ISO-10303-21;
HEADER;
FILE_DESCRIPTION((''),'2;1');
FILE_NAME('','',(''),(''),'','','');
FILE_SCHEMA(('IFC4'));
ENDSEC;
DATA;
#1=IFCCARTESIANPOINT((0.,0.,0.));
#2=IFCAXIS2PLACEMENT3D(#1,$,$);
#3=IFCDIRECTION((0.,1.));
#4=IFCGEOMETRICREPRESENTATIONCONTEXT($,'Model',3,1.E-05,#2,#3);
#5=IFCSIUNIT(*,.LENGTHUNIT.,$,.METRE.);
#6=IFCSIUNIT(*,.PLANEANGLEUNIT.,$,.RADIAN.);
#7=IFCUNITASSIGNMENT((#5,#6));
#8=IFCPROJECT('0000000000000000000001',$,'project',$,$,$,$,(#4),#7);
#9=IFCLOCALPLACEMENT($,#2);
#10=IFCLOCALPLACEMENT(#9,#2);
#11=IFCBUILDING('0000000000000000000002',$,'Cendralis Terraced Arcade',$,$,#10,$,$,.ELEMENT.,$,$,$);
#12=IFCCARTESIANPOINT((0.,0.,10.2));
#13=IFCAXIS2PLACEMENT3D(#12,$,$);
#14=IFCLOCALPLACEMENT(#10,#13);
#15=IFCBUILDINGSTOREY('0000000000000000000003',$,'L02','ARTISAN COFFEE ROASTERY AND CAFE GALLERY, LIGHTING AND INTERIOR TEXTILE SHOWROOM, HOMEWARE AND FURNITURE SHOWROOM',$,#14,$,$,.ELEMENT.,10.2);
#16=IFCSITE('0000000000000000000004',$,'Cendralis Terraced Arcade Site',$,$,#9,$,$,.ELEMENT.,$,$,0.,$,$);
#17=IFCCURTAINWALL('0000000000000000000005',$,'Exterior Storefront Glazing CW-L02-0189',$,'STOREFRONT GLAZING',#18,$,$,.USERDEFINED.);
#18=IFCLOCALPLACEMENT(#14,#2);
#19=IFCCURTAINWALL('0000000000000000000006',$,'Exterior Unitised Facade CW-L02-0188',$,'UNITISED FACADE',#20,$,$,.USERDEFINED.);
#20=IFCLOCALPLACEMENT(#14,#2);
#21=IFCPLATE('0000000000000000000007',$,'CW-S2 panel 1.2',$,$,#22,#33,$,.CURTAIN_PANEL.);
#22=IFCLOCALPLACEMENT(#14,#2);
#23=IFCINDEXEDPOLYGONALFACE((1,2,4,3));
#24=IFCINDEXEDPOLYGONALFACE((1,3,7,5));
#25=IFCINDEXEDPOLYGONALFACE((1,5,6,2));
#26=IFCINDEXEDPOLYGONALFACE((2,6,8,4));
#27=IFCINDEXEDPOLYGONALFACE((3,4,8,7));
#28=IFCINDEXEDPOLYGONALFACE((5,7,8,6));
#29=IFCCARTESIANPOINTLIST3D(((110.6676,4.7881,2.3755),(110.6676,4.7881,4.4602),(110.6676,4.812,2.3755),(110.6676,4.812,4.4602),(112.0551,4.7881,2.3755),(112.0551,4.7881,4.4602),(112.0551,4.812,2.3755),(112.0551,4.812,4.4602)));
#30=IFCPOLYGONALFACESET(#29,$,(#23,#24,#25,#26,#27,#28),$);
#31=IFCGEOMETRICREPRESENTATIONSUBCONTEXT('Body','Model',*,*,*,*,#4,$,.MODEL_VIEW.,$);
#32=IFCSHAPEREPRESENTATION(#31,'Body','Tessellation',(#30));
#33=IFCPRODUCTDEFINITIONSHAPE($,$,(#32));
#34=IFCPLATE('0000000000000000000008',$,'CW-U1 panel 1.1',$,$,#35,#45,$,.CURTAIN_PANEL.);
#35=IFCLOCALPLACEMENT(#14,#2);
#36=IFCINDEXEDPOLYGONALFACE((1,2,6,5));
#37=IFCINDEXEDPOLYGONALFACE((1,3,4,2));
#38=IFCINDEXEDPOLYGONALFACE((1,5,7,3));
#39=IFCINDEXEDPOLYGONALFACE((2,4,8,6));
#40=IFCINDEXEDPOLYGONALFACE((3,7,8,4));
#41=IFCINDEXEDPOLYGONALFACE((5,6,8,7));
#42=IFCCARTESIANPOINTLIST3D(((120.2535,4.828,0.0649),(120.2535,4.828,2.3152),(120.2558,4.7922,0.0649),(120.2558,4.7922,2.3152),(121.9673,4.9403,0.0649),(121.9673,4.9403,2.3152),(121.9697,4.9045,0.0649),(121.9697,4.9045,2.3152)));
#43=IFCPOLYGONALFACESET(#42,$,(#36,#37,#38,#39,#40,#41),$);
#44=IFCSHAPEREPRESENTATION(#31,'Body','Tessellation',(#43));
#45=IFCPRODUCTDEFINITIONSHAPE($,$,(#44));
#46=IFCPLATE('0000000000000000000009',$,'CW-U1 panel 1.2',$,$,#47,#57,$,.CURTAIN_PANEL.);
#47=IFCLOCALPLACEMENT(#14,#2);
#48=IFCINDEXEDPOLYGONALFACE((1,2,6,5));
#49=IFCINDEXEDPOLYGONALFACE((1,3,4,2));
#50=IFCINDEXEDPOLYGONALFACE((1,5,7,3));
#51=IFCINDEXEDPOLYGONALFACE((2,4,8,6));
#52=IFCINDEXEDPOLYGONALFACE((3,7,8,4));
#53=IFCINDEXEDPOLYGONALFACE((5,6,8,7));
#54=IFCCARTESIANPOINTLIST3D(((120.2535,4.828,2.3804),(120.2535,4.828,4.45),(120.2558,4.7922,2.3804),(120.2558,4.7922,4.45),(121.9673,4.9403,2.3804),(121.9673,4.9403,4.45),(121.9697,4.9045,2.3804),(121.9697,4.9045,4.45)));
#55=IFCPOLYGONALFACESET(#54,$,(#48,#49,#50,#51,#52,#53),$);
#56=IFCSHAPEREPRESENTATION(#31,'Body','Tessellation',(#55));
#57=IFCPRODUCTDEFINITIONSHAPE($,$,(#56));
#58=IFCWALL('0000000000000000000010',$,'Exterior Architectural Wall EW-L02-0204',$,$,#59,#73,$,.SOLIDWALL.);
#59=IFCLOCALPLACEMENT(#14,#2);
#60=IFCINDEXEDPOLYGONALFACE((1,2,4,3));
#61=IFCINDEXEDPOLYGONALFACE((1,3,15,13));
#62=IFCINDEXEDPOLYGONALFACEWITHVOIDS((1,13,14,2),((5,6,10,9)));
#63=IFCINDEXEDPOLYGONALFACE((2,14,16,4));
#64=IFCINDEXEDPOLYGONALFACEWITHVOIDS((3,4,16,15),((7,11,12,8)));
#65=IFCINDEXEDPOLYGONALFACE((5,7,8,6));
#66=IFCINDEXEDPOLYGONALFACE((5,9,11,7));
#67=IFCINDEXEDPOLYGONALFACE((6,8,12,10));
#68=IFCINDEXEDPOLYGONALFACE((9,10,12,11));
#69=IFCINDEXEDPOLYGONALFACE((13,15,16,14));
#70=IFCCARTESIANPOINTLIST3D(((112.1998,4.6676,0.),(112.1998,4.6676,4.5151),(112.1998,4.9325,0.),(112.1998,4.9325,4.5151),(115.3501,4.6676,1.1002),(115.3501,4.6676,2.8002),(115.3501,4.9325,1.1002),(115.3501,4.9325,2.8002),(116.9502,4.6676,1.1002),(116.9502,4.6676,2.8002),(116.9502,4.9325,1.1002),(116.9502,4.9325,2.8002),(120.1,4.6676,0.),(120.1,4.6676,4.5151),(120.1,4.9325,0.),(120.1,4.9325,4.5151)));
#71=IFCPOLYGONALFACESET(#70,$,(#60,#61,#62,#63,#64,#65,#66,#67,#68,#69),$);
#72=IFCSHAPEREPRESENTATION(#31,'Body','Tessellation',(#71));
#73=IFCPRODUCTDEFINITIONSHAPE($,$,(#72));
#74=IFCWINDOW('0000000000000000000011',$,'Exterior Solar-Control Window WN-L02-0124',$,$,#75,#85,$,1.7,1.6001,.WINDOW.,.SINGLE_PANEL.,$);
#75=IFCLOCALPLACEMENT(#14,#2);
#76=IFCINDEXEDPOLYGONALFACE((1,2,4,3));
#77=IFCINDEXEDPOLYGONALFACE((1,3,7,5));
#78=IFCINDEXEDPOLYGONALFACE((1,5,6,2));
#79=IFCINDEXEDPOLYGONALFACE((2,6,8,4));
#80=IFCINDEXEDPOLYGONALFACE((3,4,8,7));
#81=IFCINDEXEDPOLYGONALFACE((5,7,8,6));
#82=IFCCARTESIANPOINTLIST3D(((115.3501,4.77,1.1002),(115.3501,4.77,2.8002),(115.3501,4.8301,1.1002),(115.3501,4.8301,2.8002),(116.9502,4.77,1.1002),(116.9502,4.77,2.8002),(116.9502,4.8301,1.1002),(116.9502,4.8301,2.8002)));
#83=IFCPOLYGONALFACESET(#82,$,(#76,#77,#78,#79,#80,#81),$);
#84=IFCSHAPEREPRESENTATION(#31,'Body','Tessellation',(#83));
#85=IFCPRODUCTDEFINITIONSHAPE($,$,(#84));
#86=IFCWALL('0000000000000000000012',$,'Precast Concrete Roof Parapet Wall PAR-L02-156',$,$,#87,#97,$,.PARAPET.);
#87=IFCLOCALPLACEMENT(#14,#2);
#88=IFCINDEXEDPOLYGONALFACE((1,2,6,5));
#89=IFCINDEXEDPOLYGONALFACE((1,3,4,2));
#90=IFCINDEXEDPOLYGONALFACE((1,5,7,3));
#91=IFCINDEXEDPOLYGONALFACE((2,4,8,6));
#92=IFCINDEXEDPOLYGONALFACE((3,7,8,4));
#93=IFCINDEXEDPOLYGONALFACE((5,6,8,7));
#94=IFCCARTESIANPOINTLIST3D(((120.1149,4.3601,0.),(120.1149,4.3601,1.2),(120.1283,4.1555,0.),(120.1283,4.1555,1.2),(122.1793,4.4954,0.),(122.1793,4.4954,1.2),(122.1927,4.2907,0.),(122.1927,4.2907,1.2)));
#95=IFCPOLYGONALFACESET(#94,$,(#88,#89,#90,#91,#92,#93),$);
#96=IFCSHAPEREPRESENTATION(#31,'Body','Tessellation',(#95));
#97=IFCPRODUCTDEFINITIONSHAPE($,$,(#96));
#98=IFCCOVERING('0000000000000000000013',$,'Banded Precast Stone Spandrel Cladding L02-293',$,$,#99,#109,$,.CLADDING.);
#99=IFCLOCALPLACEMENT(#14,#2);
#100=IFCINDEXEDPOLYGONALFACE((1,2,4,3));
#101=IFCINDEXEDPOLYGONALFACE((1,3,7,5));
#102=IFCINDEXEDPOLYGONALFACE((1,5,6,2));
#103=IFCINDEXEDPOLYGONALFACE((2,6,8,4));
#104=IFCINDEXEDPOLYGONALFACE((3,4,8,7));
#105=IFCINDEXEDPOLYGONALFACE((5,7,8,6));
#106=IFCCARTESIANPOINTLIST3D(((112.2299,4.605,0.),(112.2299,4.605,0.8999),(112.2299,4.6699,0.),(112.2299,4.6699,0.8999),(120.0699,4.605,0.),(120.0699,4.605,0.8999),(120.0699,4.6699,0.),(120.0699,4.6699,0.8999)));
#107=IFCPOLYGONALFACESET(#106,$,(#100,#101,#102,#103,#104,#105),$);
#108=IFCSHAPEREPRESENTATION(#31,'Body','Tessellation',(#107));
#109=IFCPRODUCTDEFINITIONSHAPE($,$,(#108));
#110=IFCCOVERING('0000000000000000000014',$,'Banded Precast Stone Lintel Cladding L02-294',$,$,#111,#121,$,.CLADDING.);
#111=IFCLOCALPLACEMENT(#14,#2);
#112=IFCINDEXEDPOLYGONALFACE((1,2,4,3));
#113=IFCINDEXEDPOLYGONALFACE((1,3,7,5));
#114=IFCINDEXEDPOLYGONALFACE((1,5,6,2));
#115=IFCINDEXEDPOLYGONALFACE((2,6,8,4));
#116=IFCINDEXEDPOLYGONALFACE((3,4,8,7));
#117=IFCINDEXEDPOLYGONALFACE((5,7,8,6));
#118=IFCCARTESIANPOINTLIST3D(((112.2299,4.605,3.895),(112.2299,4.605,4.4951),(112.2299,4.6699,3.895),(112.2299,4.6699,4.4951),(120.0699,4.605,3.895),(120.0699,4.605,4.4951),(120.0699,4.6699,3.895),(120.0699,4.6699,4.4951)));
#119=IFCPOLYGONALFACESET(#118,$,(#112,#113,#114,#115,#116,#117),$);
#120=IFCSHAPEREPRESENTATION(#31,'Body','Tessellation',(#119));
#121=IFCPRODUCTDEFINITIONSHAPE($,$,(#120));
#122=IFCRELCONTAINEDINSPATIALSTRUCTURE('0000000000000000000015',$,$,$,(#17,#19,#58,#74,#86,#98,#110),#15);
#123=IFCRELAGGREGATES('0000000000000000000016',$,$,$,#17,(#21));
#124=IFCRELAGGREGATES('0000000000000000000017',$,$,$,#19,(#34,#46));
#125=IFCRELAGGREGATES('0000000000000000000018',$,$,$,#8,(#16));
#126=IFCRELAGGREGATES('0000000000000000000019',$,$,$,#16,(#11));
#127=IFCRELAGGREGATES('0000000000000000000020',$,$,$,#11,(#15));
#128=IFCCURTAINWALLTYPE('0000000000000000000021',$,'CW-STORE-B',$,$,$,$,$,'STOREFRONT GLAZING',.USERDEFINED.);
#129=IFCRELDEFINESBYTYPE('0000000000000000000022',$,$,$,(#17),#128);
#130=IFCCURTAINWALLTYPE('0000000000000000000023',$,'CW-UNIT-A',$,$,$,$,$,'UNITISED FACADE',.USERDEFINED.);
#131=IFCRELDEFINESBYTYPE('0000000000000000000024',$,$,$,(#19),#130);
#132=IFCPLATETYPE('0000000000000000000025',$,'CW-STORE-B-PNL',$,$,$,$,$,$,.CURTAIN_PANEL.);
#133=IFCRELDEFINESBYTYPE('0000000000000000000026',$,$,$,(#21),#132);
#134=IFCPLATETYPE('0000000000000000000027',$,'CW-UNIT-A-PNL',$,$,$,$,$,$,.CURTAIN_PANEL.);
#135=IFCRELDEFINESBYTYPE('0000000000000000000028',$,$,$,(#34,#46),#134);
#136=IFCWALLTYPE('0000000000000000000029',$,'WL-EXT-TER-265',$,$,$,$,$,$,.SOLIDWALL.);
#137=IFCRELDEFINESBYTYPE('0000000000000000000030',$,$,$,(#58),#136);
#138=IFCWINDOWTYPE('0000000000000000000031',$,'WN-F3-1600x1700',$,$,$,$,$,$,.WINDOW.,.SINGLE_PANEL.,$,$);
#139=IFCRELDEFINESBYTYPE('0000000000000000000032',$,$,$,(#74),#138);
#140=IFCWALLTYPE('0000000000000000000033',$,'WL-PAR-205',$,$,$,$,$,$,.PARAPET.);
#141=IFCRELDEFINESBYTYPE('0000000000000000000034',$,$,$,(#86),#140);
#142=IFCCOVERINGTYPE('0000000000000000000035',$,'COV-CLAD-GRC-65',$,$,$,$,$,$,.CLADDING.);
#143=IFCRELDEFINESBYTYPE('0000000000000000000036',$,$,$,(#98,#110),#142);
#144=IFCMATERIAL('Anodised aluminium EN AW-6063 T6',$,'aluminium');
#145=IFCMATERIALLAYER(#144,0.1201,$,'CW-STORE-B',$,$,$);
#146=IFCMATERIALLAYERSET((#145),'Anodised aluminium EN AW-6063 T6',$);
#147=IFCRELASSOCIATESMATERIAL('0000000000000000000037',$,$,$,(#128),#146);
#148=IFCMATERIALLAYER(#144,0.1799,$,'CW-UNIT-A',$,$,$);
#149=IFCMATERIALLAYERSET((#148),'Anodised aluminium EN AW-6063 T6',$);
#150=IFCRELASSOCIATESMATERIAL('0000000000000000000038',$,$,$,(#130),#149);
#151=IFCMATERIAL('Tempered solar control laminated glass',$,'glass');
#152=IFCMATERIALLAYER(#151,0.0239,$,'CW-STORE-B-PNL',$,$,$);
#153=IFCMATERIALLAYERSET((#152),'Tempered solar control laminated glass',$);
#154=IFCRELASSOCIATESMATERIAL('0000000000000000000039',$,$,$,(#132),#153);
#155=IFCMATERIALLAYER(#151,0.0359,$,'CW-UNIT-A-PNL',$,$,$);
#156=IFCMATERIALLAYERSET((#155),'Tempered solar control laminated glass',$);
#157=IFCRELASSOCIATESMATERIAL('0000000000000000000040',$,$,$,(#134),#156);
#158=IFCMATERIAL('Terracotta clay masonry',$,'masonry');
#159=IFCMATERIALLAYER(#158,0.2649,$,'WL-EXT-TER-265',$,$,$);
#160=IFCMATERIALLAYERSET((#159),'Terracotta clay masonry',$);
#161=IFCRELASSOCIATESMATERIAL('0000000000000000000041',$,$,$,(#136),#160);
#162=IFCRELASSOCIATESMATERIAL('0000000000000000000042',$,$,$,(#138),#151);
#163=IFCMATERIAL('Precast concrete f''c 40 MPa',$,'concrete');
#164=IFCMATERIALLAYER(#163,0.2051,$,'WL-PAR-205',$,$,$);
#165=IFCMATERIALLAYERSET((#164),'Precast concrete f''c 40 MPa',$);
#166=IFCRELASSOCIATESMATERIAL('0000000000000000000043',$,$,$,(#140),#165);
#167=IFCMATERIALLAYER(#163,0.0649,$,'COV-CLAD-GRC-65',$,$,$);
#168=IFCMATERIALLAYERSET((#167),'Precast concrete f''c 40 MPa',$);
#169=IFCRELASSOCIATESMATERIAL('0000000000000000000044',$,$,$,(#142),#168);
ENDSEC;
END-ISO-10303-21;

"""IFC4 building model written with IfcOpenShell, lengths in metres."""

from ifc_helpers import new_model, si_unit, direction, frame, frame_2d, origin, origin_2d, place, context, subcontext, project, spatial, rectangle, extrude, material, layer, layer_set, type_object, element, fill, aggregate, save


model = new_model("IFC4")

# Units and contexts
model_context = context("Model", 3, precision=1e-05, world=origin(), true_north=direction((0.0, 1.0)))
body_context = subcontext(model_context, "Body", "Model", "MODEL_VIEW")
ifc_project = project(units=[si_unit("LENGTHUNIT", "METRE"), si_unit("PLANEANGLEUNIT", "RADIAN")], contexts=[model_context])

# Site, building, storey
site_placement = place(None, origin())
site = spatial("IfcSite", under=ifc_project, at=site_placement, Name="Cendralis Terraced Arcade Site", CompositionType="ELEMENT", RefElevation=0.0)
building_placement = place(site_placement, origin())
building = spatial("IfcBuilding", under=site, at=building_placement, Name="Cendralis Terraced Arcade", CompositionType="ELEMENT")
storey_placement = place(building_placement, frame((0.0, 0.0, 10.2)))
storey = spatial("IfcBuildingStorey", under=building, at=storey_placement, Name="L02", Description="ARTISAN COFFEE ROASTERY AND CAFE GALLERY, LIGHTING AND INTERIOR TEXTILE SHOWROOM, HOMEWARE AND FURNITURE SHOWROOM", CompositionType="ELEMENT", Elevation=10.2)

# Curtain wall
ifc_material_1 = material(Name="Anodised aluminium EN AW-6063 T6", Category="aluminium")
ifc_layer_1 = layer(ifc_material_1, 0.1201, Name="CW-STORE-B")
ifc_layer_set_1 = layer_set([ifc_layer_1], Name="Anodised aluminium EN AW-6063 T6")
curtain_wall_type_1 = type_object("IfcCurtainWallType", Name="CW-STORE-B", ElementType="STOREFRONT GLAZING", PredefinedType="USERDEFINED", material=ifc_layer_set_1)
curtain_wall_1_placement = place(storey_placement, origin())
curtain_wall_1 = element("IfcCurtainWall", 1, at=curtain_wall_1_placement, inside=storey, type_object=curtain_wall_type_1, Name="Exterior Storefront Glazing CW-L02-0189", ObjectType="STOREFRONT GLAZING", PredefinedType="USERDEFINED")

# Curtain wall
ifc_layer_2 = layer(ifc_material_1, 0.1799, Name="CW-UNIT-A")
ifc_layer_set_2 = layer_set([ifc_layer_2], Name="Anodised aluminium EN AW-6063 T6")
curtain_wall_type_2 = type_object("IfcCurtainWallType", Name="CW-UNIT-A", ElementType="UNITISED FACADE", PredefinedType="USERDEFINED", material=ifc_layer_set_2)
curtain_wall_2_placement = place(storey_placement, origin())
curtain_wall_2 = element("IfcCurtainWall", 2, at=curtain_wall_2_placement, inside=storey, type_object=curtain_wall_type_2, Name="Exterior Unitised Facade CW-L02-0188", ObjectType="UNITISED FACADE", PredefinedType="USERDEFINED")

# Plates
ifc_material_2 = material(Name="Tempered solar control laminated glass", Category="glass")
ifc_layer_3 = layer(ifc_material_2, 0.0239, Name="CW-STORE-B-PNL")
ifc_layer_set_3 = layer_set([ifc_layer_3], Name="Tempered solar control laminated glass")
plate_type_1 = type_object("IfcPlateType", Name="CW-STORE-B-PNL", PredefinedType="CURTAIN_PANEL", material=ifc_layer_set_3)
plate_1_placement = place(storey_placement, frame((111.3613, 4.8, 2.3755), z_axis=(0.0, 0.0, 1.0), x_axis=(-1.0, 0.0, 0.0)))
plate_1 = element("IfcPlate", 3, at=plate_1_placement, type_object=plate_type_1, Name="CW-S2 panel 1.2", PredefinedType="CURTAIN_PANEL", context=body_context, shape_type="SweptSolid", body=[
    extrude(rectangle(XDim=1.3875, YDim=0.0239, at=origin_2d()), origin(), (0.0, 0.0, 1.0), 2.0847),
])
aggregate(curtain_wall_1, [plate_1])
ifc_layer_4 = layer(ifc_material_2, 0.0359, Name="CW-UNIT-A-PNL")
ifc_layer_set_4 = layer_set([ifc_layer_4], Name="Tempered solar control laminated glass")
plate_type_2 = type_object("IfcPlateType", Name="CW-UNIT-A-PNL", PredefinedType="CURTAIN_PANEL", material=ifc_layer_set_4)
plate_2_placement = place(storey_placement, frame((121.1116, 4.8662, 0.0649), z_axis=(0.0, 0.0, 1.0), x_axis=(-0.99786, -0.065384, 0.0)))
plate_2 = element("IfcPlate", 4, at=plate_2_placement, type_object=plate_type_2, Name="CW-U1 panel 1.1", PredefinedType="CURTAIN_PANEL", context=body_context, shape_type="SweptSolid", body=[
    extrude(rectangle(XDim=1.7175, YDim=0.0359, at=origin_2d()), origin(), (0.0, 0.0, 1.0), 2.2502),
])
plate_3_placement = place(storey_placement, frame((121.1116, 4.8662, 2.3804), z_axis=(0.0, 0.0, 1.0), x_axis=(-0.99786, -0.065384, 0.0)))
plate_3 = element("IfcPlate", 5, at=plate_3_placement, type_object=plate_type_2, Name="CW-U1 panel 1.2", PredefinedType="CURTAIN_PANEL", context=body_context, shape_type="SweptSolid", body=[
    extrude(rectangle(XDim=1.7175, YDim=0.0359, at=origin_2d()), origin(), (0.0, 0.0, 1.0), 2.0696),
])
aggregate(curtain_wall_2, [plate_2, plate_3])

# Wall, opening, window
ifc_material_3 = material(Name="Terracotta clay masonry", Category="masonry")
ifc_layer_5 = layer(ifc_material_3, 0.2649, Name="WL-EXT-TER-265")
ifc_layer_set_5 = layer_set([ifc_layer_5], Name="Terracotta clay masonry")
wall_type_1 = type_object("IfcWallType", Name="WL-EXT-TER-265", PredefinedType="SOLIDWALL", material=ifc_layer_set_5)
wall_1_placement = place(storey_placement, frame((120.1001, 4.8, 0.0), z_axis=(0.0, 0.0, 1.0), x_axis=(-1.0, 0.0, 0.0)))
wall_1 = element("IfcWall", 6, at=wall_1_placement, inside=storey, type_object=wall_type_1, Name="Exterior Architectural Wall EW-L02-0204", PredefinedType="SOLIDWALL", context=body_context, shape_type="SweptSolid", body=[
    extrude(rectangle(XDim=7.9001, YDim=0.2649, at=frame_2d((3.9502, 0.0))), origin(), (0.0, 0.0, 1.0), 4.5151),
])
opening_placement = place(wall_1_placement, frame((3.1499, 0.0, 1.1001)))
opening = element("IfcOpeningElement", 7, at=opening_placement, cuts=wall_1, PredefinedType="OPENING", context=body_context, shape_type="SweptSolid", body=[
    extrude(rectangle(XDim=1.6001, YDim=1.7, at=frame_2d((0.8, 0.8501))), frame((0.0, 0.1445, 0.0), z_axis=(0.0, -1.0, 0.0), x_axis=(1.0, 0.0, 0.0)), (0.0, 0.0, 1.0), 0.2888),
])
window_type = type_object("IfcWindowType", Name="WN-F3-1600x1700", PartitioningType="SINGLE_PANEL", PredefinedType="WINDOW", material=ifc_material_2)
window_placement = place(opening_placement, origin())
window = element("IfcWindow", 8, at=window_placement, inside=storey, type_object=window_type, Name="Exterior Solar-Control Window WN-L02-0124", OverallHeight=1.7, OverallWidth=1.6001, PartitioningType="SINGLE_PANEL", PredefinedType="WINDOW", context=body_context, shape_type="SweptSolid", body=[
    extrude(rectangle(XDim=1.6001, YDim=1.7, at=frame_2d((0.8, 0.8501))), frame((0.0, 0.03, 0.0), z_axis=(0.0, -1.0, 0.0), x_axis=(1.0, 0.0, 0.0)), (0.0, 0.0, 1.0), 0.0601),
])
fill(opening, window)

# Wall
ifc_material_4 = material(Name="Precast concrete f'c 40 MPa", Category="concrete")
ifc_layer_6 = layer(ifc_material_4, 0.2051, Name="WL-PAR-205")
ifc_layer_set_6 = layer_set([ifc_layer_6], Name="Precast concrete f'c 40 MPa")
wall_type_2 = type_object("IfcWallType", Name="WL-PAR-205", PredefinedType="PARAPET", material=ifc_layer_set_6)
wall_2_placement = place(storey_placement, frame((120.1216, 4.2578, 0.0), z_axis=(0.0, 0.0, 1.0), x_axis=(0.997861, 0.065375, 0.0)))
element("IfcWall", 9, at=wall_2_placement, inside=storey, type_object=wall_type_2, Name="Precast Concrete Roof Parapet Wall PAR-L02-156", PredefinedType="PARAPET", context=body_context, shape_type="SweptSolid", body=[
    extrude(rectangle(XDim=2.0688, YDim=0.2051, at=frame_2d((1.0344, 0.0))), origin(), (0.0, 0.0, 1.0), 1.2),
])

# Coverings
ifc_layer_7 = layer(ifc_material_4, 0.0649, Name="COV-CLAD-GRC-65")
ifc_layer_set_7 = layer_set([ifc_layer_7], Name="Precast concrete f'c 40 MPa")
covering_type = type_object("IfcCoveringType", Name="COV-CLAD-GRC-65", PredefinedType="CLADDING", material=ifc_layer_set_7)
covering_1_placement = place(storey_placement, frame((116.1499, 4.6375, 0.0), z_axis=(0.0, 0.0, 1.0), x_axis=(-1.0, 0.0, 0.0)))
element("IfcCovering", 10, at=covering_1_placement, inside=storey, type_object=covering_type, Name="Banded Precast Stone Spandrel Cladding L02-293", PredefinedType="CLADDING", context=body_context, shape_type="SweptSolid", body=[
    extrude(rectangle(XDim=7.8401, YDim=0.0649, at=origin_2d()), origin(), (0.0, 0.0, 1.0), 0.8999),
])
covering_2_placement = place(storey_placement, frame((116.1499, 4.6375, 3.895), z_axis=(0.0, 0.0, 1.0), x_axis=(-1.0, 0.0, 0.0)))
element("IfcCovering", 11, at=covering_2_placement, inside=storey, type_object=covering_type, Name="Banded Precast Stone Lintel Cladding L02-294", PredefinedType="CLADDING", context=body_context, shape_type="SweptSolid", body=[
    extrude(rectangle(XDim=7.8401, YDim=0.0649, at=origin_2d()), origin(), (0.0, 0.0, 1.0), 0.6001),
])

save(model, "model.ifc")
